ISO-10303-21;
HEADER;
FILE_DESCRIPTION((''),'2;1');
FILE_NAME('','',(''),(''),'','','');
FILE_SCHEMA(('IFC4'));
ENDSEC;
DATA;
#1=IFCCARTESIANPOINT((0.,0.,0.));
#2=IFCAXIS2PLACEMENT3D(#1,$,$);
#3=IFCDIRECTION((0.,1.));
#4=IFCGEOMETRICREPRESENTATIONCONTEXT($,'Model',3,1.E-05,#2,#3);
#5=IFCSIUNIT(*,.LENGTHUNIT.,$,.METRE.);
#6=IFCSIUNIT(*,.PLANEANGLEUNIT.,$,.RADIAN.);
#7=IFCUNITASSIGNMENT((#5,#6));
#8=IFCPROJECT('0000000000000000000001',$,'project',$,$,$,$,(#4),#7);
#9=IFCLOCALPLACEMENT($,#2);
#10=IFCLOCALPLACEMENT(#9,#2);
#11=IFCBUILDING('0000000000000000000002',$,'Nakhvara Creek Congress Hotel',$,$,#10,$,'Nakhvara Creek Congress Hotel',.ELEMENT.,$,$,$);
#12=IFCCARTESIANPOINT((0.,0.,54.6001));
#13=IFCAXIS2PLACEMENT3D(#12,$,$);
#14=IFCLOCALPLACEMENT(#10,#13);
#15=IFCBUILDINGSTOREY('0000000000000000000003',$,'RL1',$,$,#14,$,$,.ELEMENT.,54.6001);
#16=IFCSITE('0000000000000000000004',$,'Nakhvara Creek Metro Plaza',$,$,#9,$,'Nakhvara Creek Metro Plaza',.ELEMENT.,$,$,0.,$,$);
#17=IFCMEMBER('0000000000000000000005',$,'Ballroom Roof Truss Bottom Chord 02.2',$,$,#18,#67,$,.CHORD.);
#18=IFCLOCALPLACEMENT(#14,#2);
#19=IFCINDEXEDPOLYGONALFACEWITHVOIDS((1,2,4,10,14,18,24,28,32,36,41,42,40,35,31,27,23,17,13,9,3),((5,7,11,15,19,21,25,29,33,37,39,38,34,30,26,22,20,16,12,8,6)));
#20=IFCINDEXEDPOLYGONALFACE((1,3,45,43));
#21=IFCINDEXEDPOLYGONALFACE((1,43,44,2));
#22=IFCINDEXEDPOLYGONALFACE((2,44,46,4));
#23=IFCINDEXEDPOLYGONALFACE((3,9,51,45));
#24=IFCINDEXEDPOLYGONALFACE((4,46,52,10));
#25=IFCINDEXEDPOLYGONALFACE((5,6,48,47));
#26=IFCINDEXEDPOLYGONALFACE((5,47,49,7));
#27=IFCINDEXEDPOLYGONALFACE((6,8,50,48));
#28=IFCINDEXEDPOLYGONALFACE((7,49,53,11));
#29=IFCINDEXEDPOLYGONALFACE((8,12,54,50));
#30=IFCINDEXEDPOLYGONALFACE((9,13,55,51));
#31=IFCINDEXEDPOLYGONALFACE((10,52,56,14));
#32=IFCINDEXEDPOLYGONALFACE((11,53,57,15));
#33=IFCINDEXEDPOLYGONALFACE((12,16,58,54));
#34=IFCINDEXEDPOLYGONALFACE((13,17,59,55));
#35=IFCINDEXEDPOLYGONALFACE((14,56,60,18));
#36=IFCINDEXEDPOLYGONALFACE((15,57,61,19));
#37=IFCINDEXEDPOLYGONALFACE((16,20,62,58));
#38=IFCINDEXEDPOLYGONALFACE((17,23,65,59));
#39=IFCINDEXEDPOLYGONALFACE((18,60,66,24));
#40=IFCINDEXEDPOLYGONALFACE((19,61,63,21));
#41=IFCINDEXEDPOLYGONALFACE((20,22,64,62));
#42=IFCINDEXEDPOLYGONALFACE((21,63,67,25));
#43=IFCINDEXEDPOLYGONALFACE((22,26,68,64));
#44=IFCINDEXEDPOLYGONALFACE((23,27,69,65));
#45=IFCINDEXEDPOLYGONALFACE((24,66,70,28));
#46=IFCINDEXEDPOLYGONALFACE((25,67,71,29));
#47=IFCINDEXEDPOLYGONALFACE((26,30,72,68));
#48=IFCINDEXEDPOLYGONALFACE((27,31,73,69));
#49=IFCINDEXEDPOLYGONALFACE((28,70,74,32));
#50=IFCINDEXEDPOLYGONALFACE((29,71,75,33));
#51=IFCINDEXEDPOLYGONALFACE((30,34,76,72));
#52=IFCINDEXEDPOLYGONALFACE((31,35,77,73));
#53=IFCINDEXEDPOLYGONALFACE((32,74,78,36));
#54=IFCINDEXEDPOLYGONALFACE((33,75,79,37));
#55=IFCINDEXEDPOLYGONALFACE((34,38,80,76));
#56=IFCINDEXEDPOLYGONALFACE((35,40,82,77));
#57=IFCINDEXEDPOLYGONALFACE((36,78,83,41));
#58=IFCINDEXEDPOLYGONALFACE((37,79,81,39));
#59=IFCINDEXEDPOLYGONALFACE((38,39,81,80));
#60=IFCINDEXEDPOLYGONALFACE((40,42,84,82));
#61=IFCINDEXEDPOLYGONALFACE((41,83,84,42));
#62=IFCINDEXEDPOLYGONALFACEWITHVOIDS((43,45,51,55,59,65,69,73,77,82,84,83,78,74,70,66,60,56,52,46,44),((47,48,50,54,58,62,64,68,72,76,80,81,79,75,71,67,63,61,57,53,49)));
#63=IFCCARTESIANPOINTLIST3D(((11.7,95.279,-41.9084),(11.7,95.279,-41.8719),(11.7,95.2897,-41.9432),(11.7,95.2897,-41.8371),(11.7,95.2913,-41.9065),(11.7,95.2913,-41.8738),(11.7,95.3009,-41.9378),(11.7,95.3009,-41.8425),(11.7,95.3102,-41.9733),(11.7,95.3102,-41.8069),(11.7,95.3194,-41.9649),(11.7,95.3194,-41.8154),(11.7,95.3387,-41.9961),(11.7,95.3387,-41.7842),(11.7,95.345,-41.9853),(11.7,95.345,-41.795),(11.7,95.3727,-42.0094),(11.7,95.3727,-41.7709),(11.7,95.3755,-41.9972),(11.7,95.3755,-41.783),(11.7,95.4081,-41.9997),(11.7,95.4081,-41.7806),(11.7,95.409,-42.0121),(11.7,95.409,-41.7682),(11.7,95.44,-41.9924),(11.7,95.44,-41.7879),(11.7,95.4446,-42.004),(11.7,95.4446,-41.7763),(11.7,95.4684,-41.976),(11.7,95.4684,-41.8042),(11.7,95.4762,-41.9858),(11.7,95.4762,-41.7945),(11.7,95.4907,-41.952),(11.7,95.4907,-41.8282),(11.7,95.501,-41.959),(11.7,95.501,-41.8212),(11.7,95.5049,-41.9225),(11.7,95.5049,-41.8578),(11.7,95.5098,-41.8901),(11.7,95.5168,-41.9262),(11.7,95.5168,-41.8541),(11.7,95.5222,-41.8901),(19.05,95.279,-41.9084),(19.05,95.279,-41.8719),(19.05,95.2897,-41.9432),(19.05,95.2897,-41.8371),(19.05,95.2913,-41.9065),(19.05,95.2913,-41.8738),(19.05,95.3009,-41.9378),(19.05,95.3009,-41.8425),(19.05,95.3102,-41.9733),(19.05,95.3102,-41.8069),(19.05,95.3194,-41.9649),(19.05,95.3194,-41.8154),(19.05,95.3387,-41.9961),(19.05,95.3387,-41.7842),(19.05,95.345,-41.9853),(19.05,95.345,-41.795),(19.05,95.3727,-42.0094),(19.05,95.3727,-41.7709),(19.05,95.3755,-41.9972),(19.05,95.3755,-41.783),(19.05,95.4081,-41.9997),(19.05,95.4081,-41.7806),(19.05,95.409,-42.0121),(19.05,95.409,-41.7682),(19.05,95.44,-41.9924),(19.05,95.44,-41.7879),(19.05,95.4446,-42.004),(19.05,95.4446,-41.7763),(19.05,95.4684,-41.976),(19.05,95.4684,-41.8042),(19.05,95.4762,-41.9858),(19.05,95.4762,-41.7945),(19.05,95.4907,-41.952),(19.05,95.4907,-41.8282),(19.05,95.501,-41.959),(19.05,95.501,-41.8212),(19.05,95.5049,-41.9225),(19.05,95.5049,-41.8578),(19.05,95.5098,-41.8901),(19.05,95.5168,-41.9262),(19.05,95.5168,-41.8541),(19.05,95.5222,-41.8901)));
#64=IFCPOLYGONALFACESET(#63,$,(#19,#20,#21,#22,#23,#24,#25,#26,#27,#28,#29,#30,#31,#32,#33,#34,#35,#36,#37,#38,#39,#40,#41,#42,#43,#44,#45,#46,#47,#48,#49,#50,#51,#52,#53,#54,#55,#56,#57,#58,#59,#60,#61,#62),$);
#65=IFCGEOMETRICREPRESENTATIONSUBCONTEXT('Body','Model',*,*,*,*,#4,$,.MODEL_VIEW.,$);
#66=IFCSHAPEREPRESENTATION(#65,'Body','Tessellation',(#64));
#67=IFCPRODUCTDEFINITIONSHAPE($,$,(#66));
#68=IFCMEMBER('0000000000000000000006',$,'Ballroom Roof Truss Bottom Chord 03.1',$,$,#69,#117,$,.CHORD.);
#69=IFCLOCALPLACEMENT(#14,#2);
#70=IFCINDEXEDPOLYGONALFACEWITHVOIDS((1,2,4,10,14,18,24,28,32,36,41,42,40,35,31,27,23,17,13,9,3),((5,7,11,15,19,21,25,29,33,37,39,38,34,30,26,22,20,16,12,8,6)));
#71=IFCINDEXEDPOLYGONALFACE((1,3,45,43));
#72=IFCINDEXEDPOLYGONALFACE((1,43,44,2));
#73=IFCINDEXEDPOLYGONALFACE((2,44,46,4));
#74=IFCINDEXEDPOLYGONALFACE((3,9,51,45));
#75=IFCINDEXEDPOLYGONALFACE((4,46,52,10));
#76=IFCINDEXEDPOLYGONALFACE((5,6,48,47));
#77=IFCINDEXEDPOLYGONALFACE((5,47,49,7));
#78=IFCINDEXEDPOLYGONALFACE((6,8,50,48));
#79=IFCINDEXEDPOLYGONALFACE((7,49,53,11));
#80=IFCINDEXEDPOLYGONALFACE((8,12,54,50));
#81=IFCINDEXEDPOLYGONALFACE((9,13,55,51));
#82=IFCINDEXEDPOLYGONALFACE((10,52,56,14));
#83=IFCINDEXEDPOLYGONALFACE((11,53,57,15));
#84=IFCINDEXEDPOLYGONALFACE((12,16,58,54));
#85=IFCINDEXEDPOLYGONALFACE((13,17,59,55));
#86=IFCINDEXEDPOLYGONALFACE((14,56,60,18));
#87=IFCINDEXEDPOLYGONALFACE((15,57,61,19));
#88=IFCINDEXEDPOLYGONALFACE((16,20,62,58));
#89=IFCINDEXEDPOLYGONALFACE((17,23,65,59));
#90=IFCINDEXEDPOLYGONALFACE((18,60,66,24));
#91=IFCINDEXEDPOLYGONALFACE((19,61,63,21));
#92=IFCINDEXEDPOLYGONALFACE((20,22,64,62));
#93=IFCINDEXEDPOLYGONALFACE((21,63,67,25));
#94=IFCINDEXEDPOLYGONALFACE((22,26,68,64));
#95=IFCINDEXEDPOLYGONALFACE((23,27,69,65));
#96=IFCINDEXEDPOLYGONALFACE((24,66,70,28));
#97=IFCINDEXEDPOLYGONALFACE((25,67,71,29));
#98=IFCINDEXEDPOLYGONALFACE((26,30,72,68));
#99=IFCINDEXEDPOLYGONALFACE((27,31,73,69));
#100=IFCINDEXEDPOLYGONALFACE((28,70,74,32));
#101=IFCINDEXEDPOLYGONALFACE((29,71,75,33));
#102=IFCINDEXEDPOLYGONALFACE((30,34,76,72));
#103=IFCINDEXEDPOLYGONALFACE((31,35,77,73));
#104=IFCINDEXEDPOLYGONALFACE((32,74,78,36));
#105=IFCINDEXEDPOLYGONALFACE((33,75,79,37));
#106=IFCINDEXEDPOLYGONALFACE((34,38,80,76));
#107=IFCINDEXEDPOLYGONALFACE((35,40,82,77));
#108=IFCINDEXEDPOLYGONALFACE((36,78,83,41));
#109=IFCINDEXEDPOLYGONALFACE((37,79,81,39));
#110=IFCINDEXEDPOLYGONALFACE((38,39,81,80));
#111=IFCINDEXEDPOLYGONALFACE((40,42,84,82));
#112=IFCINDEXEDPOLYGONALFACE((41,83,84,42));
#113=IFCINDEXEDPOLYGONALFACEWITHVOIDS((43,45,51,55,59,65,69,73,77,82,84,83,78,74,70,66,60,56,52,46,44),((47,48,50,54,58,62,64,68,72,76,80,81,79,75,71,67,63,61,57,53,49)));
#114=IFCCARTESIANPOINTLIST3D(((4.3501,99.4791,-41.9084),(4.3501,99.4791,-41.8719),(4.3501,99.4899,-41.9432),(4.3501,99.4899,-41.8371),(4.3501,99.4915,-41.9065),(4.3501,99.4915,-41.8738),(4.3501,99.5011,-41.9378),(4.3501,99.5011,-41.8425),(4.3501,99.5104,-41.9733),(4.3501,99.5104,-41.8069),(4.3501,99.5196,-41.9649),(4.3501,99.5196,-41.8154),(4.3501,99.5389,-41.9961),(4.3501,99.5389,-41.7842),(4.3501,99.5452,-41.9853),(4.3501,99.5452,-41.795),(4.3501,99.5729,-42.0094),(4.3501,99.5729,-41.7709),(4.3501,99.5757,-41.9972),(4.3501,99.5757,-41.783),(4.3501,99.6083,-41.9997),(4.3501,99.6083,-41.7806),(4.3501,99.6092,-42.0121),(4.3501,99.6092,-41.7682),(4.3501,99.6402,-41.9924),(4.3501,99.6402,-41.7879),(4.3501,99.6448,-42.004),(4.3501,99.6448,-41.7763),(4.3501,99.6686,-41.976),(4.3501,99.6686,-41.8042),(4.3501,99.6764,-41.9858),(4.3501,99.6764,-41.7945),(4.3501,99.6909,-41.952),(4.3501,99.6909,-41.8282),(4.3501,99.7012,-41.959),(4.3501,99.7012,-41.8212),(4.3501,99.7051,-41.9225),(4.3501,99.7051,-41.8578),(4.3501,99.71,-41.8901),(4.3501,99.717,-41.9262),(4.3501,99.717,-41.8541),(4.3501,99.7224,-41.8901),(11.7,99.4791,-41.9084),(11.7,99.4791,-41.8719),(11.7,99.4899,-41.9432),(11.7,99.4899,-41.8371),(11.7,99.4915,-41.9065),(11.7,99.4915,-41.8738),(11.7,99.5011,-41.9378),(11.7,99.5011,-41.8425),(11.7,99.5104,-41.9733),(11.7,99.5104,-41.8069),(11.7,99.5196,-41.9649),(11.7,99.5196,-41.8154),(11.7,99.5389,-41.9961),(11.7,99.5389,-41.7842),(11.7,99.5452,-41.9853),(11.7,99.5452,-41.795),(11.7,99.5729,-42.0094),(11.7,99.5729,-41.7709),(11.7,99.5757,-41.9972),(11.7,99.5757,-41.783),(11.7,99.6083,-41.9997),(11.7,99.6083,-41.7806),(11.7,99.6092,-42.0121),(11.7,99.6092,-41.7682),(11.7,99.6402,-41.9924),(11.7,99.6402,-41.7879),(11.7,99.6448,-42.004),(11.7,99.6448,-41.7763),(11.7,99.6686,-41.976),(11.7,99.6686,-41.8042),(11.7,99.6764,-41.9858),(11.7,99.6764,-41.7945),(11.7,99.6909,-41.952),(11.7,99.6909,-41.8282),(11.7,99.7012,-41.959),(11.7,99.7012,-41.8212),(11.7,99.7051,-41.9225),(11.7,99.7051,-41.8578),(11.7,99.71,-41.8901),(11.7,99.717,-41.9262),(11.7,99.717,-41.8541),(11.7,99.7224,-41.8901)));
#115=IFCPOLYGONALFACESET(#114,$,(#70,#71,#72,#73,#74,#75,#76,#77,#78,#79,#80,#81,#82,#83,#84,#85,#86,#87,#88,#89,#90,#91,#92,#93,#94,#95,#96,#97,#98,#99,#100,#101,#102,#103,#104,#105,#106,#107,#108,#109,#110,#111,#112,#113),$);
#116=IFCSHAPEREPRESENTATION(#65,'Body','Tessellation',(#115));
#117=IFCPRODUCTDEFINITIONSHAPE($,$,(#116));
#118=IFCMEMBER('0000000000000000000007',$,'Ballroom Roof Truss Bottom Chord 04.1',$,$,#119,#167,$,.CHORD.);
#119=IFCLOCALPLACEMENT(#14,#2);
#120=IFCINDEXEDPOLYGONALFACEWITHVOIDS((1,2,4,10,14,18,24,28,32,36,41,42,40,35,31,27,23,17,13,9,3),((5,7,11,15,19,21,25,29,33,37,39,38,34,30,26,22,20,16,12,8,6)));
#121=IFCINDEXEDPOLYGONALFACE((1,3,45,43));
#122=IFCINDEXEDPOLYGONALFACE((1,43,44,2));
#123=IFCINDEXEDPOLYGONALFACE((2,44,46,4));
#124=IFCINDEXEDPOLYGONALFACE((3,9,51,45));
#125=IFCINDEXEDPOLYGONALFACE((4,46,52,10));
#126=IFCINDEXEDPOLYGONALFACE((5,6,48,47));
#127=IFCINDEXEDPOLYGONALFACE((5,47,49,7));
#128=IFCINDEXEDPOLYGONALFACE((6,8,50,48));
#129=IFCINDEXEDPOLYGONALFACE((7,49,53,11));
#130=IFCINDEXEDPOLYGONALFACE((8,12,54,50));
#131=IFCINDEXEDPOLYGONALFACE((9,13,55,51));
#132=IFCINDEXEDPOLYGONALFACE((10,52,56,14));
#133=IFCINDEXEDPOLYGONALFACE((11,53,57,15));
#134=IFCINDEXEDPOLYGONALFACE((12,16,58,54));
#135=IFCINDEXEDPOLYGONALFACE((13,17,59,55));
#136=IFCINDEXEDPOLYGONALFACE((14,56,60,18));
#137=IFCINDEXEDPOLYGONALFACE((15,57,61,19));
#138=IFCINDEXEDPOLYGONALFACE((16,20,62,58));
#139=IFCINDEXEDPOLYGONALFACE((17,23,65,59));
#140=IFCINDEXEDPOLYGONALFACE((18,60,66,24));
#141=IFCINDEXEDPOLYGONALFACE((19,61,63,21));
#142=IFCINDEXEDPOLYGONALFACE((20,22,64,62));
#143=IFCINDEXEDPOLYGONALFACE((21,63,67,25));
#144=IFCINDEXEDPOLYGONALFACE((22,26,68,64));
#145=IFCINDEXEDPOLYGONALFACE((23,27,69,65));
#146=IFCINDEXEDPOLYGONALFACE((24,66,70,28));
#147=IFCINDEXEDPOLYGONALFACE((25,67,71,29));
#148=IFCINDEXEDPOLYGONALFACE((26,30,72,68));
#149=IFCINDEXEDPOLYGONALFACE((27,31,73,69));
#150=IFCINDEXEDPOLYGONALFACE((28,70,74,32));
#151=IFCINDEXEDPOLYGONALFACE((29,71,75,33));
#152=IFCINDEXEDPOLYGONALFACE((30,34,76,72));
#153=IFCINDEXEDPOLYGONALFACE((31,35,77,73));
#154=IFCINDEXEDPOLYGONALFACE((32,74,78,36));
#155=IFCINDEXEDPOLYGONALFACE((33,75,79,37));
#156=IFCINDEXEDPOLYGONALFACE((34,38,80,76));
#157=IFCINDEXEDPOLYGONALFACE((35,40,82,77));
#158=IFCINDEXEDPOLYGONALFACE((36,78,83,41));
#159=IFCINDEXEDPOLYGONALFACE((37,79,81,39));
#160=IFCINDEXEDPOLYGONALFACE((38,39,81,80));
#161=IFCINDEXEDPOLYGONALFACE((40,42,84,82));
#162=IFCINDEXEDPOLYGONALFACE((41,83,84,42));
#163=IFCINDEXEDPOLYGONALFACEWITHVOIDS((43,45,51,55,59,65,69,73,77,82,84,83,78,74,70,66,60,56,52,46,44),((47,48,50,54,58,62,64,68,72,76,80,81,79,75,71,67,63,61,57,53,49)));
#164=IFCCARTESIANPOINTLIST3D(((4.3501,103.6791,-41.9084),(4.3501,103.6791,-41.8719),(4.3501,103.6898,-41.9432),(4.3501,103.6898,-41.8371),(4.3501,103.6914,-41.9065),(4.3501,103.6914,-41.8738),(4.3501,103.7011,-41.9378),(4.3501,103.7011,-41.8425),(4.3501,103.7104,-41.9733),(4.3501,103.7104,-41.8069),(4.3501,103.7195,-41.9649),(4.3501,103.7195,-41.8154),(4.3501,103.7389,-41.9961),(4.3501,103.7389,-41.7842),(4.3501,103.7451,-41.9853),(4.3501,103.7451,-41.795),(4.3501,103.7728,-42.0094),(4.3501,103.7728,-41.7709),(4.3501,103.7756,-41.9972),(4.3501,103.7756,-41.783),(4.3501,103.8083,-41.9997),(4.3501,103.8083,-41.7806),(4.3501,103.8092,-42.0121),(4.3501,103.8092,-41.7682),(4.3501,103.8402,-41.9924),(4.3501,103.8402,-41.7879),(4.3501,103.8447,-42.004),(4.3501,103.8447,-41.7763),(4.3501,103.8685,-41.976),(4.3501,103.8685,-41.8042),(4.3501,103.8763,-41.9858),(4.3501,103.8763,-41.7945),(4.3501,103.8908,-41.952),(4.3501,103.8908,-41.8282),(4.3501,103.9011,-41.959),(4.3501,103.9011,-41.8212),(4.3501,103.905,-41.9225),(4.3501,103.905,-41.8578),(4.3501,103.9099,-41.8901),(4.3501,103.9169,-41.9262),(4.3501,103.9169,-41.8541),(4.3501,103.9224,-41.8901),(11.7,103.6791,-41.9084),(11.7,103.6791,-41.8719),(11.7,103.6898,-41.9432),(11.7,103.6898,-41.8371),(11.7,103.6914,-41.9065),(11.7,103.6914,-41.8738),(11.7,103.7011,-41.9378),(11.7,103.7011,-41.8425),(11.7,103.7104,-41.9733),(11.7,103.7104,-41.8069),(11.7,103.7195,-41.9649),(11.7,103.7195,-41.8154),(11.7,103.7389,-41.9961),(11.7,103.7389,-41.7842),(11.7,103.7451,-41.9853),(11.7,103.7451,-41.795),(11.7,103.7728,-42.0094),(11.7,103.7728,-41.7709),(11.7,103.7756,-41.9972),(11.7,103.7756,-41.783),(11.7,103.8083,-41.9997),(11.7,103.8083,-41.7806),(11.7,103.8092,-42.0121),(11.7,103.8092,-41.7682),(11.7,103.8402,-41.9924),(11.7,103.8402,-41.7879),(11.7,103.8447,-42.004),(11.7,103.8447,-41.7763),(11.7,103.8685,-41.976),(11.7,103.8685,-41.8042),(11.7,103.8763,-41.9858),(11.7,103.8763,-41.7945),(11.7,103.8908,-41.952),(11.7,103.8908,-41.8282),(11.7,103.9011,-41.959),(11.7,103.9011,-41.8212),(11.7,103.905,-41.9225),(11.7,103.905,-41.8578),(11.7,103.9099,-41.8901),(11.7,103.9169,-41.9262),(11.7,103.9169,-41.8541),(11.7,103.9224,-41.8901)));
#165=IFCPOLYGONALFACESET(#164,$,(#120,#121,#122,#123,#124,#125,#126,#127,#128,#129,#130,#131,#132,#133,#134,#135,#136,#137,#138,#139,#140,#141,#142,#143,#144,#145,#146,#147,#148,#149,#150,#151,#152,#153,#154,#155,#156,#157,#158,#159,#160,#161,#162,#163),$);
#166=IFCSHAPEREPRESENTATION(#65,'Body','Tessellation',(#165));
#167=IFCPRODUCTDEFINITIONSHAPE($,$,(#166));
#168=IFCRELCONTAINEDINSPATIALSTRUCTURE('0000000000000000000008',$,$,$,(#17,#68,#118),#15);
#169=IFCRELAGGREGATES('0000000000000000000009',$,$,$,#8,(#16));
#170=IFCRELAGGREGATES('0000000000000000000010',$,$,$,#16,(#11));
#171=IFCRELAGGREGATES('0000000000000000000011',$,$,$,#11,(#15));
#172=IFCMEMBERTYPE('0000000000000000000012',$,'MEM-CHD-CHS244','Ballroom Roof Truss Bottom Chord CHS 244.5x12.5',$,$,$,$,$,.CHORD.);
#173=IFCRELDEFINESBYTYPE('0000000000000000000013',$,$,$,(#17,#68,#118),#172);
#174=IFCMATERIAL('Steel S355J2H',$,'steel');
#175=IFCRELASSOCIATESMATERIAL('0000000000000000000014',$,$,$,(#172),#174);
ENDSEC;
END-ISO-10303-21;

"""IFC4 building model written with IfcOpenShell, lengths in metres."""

from ifc_helpers import new_model, si_unit, direction, frame, origin, origin_2d, place, context, subcontext, project, spatial, hollow_circle, extrude, material, material_profile, profile_set, type_object, element, save


model = new_model("IFC4")

# Units and contexts
model_context = context("Model", 3, precision=1e-05, world=origin(), true_north=direction((0.0, 1.0)))
body_context = subcontext(model_context, "Body", "Model", "MODEL_VIEW")
ifc_project = project(units=[si_unit("LENGTHUNIT", "METRE"), si_unit("PLANEANGLEUNIT", "RADIAN")], contexts=[model_context])

# Site, building, storey
site_placement = place(None, origin())
site = spatial("IfcSite", under=ifc_project, at=site_placement, Name="Nakhvara Creek Metro Plaza", LongName="Nakhvara Creek Metro Plaza", CompositionType="ELEMENT", RefElevation=0.0)
building_placement = place(site_placement, origin())
building = spatial("IfcBuilding", under=site, at=building_placement, Name="Nakhvara Creek Congress Hotel", LongName="Nakhvara Creek Congress Hotel", CompositionType="ELEMENT")
storey_placement = place(building_placement, frame((0.0, 0.0, 54.6001)))
storey = spatial("IfcBuildingStorey", under=building, at=storey_placement, Name="RL1", CompositionType="ELEMENT", Elevation=54.6001)

# Members
ifc_material_1 = material(Name="Steel S355J2H", Category="steel")
ifc_material_profile_1 = material_profile(ifc_material_1, hollow_circle(Radius=0.1223, WallThickness=0.0125, at=origin_2d()), Name="CHS 244.5x12.5", Category="LoadBearing")
ifc_profile_set_1 = profile_set([ifc_material_profile_1], Name="Steel S355J2H")
member_type_1 = type_object("IfcMemberType", Name="MEM-CHD-CHS244", Description="Ballroom Roof Truss Bottom Chord CHS 244.5x12.5", PredefinedType="CHORD", material=ifc_profile_set_1)
member_1_placement = place(storey_placement, frame((11.7, 95.3999, -41.8901), z_axis=(1.0, 0.0, 0.0), x_axis=(0.0, 1.0, 0.0)))
element("IfcMember", 1, at=member_1_placement, inside=storey, type_object=member_type_1, Name="Ballroom Roof Truss Bottom Chord 02.2", PredefinedType="CHORD", context=body_context, shape_type="SweptSolid", body=[
    extrude(hollow_circle(Radius=0.1223, WallThickness=0.0125, at=origin_2d()), origin(), (0.0, 0.0, 1.0), 7.3501),
])
for number, where, z_axis, x_axis, name in (
    (2, (4.3501, 99.6001, -41.8901), (1.0, 0.0, 0.0), (0.0, 1.0, 0.0), "Ballroom Roof Truss Bottom Chord 03.1"),
    (3, (4.3501, 103.8, -41.8901), (1.0, 0.0, 0.0), (0.0, 1.0, 0.0), "Ballroom Roof Truss Bottom Chord 04.1"),
):
    element("IfcMember", number, at=place(storey_placement, frame(where, z_axis=z_axis, x_axis=x_axis)), inside=storey, type_object=member_type_1, Name=name, PredefinedType="CHORD", context=body_context, shape_type="SweptSolid", body=[
        extrude(hollow_circle(Radius=0.1223, WallThickness=0.0125, at=origin_2d()), origin(), (0.0, 0.0, 1.0), 7.3499),
    ])

save(model, "model.ifc")
